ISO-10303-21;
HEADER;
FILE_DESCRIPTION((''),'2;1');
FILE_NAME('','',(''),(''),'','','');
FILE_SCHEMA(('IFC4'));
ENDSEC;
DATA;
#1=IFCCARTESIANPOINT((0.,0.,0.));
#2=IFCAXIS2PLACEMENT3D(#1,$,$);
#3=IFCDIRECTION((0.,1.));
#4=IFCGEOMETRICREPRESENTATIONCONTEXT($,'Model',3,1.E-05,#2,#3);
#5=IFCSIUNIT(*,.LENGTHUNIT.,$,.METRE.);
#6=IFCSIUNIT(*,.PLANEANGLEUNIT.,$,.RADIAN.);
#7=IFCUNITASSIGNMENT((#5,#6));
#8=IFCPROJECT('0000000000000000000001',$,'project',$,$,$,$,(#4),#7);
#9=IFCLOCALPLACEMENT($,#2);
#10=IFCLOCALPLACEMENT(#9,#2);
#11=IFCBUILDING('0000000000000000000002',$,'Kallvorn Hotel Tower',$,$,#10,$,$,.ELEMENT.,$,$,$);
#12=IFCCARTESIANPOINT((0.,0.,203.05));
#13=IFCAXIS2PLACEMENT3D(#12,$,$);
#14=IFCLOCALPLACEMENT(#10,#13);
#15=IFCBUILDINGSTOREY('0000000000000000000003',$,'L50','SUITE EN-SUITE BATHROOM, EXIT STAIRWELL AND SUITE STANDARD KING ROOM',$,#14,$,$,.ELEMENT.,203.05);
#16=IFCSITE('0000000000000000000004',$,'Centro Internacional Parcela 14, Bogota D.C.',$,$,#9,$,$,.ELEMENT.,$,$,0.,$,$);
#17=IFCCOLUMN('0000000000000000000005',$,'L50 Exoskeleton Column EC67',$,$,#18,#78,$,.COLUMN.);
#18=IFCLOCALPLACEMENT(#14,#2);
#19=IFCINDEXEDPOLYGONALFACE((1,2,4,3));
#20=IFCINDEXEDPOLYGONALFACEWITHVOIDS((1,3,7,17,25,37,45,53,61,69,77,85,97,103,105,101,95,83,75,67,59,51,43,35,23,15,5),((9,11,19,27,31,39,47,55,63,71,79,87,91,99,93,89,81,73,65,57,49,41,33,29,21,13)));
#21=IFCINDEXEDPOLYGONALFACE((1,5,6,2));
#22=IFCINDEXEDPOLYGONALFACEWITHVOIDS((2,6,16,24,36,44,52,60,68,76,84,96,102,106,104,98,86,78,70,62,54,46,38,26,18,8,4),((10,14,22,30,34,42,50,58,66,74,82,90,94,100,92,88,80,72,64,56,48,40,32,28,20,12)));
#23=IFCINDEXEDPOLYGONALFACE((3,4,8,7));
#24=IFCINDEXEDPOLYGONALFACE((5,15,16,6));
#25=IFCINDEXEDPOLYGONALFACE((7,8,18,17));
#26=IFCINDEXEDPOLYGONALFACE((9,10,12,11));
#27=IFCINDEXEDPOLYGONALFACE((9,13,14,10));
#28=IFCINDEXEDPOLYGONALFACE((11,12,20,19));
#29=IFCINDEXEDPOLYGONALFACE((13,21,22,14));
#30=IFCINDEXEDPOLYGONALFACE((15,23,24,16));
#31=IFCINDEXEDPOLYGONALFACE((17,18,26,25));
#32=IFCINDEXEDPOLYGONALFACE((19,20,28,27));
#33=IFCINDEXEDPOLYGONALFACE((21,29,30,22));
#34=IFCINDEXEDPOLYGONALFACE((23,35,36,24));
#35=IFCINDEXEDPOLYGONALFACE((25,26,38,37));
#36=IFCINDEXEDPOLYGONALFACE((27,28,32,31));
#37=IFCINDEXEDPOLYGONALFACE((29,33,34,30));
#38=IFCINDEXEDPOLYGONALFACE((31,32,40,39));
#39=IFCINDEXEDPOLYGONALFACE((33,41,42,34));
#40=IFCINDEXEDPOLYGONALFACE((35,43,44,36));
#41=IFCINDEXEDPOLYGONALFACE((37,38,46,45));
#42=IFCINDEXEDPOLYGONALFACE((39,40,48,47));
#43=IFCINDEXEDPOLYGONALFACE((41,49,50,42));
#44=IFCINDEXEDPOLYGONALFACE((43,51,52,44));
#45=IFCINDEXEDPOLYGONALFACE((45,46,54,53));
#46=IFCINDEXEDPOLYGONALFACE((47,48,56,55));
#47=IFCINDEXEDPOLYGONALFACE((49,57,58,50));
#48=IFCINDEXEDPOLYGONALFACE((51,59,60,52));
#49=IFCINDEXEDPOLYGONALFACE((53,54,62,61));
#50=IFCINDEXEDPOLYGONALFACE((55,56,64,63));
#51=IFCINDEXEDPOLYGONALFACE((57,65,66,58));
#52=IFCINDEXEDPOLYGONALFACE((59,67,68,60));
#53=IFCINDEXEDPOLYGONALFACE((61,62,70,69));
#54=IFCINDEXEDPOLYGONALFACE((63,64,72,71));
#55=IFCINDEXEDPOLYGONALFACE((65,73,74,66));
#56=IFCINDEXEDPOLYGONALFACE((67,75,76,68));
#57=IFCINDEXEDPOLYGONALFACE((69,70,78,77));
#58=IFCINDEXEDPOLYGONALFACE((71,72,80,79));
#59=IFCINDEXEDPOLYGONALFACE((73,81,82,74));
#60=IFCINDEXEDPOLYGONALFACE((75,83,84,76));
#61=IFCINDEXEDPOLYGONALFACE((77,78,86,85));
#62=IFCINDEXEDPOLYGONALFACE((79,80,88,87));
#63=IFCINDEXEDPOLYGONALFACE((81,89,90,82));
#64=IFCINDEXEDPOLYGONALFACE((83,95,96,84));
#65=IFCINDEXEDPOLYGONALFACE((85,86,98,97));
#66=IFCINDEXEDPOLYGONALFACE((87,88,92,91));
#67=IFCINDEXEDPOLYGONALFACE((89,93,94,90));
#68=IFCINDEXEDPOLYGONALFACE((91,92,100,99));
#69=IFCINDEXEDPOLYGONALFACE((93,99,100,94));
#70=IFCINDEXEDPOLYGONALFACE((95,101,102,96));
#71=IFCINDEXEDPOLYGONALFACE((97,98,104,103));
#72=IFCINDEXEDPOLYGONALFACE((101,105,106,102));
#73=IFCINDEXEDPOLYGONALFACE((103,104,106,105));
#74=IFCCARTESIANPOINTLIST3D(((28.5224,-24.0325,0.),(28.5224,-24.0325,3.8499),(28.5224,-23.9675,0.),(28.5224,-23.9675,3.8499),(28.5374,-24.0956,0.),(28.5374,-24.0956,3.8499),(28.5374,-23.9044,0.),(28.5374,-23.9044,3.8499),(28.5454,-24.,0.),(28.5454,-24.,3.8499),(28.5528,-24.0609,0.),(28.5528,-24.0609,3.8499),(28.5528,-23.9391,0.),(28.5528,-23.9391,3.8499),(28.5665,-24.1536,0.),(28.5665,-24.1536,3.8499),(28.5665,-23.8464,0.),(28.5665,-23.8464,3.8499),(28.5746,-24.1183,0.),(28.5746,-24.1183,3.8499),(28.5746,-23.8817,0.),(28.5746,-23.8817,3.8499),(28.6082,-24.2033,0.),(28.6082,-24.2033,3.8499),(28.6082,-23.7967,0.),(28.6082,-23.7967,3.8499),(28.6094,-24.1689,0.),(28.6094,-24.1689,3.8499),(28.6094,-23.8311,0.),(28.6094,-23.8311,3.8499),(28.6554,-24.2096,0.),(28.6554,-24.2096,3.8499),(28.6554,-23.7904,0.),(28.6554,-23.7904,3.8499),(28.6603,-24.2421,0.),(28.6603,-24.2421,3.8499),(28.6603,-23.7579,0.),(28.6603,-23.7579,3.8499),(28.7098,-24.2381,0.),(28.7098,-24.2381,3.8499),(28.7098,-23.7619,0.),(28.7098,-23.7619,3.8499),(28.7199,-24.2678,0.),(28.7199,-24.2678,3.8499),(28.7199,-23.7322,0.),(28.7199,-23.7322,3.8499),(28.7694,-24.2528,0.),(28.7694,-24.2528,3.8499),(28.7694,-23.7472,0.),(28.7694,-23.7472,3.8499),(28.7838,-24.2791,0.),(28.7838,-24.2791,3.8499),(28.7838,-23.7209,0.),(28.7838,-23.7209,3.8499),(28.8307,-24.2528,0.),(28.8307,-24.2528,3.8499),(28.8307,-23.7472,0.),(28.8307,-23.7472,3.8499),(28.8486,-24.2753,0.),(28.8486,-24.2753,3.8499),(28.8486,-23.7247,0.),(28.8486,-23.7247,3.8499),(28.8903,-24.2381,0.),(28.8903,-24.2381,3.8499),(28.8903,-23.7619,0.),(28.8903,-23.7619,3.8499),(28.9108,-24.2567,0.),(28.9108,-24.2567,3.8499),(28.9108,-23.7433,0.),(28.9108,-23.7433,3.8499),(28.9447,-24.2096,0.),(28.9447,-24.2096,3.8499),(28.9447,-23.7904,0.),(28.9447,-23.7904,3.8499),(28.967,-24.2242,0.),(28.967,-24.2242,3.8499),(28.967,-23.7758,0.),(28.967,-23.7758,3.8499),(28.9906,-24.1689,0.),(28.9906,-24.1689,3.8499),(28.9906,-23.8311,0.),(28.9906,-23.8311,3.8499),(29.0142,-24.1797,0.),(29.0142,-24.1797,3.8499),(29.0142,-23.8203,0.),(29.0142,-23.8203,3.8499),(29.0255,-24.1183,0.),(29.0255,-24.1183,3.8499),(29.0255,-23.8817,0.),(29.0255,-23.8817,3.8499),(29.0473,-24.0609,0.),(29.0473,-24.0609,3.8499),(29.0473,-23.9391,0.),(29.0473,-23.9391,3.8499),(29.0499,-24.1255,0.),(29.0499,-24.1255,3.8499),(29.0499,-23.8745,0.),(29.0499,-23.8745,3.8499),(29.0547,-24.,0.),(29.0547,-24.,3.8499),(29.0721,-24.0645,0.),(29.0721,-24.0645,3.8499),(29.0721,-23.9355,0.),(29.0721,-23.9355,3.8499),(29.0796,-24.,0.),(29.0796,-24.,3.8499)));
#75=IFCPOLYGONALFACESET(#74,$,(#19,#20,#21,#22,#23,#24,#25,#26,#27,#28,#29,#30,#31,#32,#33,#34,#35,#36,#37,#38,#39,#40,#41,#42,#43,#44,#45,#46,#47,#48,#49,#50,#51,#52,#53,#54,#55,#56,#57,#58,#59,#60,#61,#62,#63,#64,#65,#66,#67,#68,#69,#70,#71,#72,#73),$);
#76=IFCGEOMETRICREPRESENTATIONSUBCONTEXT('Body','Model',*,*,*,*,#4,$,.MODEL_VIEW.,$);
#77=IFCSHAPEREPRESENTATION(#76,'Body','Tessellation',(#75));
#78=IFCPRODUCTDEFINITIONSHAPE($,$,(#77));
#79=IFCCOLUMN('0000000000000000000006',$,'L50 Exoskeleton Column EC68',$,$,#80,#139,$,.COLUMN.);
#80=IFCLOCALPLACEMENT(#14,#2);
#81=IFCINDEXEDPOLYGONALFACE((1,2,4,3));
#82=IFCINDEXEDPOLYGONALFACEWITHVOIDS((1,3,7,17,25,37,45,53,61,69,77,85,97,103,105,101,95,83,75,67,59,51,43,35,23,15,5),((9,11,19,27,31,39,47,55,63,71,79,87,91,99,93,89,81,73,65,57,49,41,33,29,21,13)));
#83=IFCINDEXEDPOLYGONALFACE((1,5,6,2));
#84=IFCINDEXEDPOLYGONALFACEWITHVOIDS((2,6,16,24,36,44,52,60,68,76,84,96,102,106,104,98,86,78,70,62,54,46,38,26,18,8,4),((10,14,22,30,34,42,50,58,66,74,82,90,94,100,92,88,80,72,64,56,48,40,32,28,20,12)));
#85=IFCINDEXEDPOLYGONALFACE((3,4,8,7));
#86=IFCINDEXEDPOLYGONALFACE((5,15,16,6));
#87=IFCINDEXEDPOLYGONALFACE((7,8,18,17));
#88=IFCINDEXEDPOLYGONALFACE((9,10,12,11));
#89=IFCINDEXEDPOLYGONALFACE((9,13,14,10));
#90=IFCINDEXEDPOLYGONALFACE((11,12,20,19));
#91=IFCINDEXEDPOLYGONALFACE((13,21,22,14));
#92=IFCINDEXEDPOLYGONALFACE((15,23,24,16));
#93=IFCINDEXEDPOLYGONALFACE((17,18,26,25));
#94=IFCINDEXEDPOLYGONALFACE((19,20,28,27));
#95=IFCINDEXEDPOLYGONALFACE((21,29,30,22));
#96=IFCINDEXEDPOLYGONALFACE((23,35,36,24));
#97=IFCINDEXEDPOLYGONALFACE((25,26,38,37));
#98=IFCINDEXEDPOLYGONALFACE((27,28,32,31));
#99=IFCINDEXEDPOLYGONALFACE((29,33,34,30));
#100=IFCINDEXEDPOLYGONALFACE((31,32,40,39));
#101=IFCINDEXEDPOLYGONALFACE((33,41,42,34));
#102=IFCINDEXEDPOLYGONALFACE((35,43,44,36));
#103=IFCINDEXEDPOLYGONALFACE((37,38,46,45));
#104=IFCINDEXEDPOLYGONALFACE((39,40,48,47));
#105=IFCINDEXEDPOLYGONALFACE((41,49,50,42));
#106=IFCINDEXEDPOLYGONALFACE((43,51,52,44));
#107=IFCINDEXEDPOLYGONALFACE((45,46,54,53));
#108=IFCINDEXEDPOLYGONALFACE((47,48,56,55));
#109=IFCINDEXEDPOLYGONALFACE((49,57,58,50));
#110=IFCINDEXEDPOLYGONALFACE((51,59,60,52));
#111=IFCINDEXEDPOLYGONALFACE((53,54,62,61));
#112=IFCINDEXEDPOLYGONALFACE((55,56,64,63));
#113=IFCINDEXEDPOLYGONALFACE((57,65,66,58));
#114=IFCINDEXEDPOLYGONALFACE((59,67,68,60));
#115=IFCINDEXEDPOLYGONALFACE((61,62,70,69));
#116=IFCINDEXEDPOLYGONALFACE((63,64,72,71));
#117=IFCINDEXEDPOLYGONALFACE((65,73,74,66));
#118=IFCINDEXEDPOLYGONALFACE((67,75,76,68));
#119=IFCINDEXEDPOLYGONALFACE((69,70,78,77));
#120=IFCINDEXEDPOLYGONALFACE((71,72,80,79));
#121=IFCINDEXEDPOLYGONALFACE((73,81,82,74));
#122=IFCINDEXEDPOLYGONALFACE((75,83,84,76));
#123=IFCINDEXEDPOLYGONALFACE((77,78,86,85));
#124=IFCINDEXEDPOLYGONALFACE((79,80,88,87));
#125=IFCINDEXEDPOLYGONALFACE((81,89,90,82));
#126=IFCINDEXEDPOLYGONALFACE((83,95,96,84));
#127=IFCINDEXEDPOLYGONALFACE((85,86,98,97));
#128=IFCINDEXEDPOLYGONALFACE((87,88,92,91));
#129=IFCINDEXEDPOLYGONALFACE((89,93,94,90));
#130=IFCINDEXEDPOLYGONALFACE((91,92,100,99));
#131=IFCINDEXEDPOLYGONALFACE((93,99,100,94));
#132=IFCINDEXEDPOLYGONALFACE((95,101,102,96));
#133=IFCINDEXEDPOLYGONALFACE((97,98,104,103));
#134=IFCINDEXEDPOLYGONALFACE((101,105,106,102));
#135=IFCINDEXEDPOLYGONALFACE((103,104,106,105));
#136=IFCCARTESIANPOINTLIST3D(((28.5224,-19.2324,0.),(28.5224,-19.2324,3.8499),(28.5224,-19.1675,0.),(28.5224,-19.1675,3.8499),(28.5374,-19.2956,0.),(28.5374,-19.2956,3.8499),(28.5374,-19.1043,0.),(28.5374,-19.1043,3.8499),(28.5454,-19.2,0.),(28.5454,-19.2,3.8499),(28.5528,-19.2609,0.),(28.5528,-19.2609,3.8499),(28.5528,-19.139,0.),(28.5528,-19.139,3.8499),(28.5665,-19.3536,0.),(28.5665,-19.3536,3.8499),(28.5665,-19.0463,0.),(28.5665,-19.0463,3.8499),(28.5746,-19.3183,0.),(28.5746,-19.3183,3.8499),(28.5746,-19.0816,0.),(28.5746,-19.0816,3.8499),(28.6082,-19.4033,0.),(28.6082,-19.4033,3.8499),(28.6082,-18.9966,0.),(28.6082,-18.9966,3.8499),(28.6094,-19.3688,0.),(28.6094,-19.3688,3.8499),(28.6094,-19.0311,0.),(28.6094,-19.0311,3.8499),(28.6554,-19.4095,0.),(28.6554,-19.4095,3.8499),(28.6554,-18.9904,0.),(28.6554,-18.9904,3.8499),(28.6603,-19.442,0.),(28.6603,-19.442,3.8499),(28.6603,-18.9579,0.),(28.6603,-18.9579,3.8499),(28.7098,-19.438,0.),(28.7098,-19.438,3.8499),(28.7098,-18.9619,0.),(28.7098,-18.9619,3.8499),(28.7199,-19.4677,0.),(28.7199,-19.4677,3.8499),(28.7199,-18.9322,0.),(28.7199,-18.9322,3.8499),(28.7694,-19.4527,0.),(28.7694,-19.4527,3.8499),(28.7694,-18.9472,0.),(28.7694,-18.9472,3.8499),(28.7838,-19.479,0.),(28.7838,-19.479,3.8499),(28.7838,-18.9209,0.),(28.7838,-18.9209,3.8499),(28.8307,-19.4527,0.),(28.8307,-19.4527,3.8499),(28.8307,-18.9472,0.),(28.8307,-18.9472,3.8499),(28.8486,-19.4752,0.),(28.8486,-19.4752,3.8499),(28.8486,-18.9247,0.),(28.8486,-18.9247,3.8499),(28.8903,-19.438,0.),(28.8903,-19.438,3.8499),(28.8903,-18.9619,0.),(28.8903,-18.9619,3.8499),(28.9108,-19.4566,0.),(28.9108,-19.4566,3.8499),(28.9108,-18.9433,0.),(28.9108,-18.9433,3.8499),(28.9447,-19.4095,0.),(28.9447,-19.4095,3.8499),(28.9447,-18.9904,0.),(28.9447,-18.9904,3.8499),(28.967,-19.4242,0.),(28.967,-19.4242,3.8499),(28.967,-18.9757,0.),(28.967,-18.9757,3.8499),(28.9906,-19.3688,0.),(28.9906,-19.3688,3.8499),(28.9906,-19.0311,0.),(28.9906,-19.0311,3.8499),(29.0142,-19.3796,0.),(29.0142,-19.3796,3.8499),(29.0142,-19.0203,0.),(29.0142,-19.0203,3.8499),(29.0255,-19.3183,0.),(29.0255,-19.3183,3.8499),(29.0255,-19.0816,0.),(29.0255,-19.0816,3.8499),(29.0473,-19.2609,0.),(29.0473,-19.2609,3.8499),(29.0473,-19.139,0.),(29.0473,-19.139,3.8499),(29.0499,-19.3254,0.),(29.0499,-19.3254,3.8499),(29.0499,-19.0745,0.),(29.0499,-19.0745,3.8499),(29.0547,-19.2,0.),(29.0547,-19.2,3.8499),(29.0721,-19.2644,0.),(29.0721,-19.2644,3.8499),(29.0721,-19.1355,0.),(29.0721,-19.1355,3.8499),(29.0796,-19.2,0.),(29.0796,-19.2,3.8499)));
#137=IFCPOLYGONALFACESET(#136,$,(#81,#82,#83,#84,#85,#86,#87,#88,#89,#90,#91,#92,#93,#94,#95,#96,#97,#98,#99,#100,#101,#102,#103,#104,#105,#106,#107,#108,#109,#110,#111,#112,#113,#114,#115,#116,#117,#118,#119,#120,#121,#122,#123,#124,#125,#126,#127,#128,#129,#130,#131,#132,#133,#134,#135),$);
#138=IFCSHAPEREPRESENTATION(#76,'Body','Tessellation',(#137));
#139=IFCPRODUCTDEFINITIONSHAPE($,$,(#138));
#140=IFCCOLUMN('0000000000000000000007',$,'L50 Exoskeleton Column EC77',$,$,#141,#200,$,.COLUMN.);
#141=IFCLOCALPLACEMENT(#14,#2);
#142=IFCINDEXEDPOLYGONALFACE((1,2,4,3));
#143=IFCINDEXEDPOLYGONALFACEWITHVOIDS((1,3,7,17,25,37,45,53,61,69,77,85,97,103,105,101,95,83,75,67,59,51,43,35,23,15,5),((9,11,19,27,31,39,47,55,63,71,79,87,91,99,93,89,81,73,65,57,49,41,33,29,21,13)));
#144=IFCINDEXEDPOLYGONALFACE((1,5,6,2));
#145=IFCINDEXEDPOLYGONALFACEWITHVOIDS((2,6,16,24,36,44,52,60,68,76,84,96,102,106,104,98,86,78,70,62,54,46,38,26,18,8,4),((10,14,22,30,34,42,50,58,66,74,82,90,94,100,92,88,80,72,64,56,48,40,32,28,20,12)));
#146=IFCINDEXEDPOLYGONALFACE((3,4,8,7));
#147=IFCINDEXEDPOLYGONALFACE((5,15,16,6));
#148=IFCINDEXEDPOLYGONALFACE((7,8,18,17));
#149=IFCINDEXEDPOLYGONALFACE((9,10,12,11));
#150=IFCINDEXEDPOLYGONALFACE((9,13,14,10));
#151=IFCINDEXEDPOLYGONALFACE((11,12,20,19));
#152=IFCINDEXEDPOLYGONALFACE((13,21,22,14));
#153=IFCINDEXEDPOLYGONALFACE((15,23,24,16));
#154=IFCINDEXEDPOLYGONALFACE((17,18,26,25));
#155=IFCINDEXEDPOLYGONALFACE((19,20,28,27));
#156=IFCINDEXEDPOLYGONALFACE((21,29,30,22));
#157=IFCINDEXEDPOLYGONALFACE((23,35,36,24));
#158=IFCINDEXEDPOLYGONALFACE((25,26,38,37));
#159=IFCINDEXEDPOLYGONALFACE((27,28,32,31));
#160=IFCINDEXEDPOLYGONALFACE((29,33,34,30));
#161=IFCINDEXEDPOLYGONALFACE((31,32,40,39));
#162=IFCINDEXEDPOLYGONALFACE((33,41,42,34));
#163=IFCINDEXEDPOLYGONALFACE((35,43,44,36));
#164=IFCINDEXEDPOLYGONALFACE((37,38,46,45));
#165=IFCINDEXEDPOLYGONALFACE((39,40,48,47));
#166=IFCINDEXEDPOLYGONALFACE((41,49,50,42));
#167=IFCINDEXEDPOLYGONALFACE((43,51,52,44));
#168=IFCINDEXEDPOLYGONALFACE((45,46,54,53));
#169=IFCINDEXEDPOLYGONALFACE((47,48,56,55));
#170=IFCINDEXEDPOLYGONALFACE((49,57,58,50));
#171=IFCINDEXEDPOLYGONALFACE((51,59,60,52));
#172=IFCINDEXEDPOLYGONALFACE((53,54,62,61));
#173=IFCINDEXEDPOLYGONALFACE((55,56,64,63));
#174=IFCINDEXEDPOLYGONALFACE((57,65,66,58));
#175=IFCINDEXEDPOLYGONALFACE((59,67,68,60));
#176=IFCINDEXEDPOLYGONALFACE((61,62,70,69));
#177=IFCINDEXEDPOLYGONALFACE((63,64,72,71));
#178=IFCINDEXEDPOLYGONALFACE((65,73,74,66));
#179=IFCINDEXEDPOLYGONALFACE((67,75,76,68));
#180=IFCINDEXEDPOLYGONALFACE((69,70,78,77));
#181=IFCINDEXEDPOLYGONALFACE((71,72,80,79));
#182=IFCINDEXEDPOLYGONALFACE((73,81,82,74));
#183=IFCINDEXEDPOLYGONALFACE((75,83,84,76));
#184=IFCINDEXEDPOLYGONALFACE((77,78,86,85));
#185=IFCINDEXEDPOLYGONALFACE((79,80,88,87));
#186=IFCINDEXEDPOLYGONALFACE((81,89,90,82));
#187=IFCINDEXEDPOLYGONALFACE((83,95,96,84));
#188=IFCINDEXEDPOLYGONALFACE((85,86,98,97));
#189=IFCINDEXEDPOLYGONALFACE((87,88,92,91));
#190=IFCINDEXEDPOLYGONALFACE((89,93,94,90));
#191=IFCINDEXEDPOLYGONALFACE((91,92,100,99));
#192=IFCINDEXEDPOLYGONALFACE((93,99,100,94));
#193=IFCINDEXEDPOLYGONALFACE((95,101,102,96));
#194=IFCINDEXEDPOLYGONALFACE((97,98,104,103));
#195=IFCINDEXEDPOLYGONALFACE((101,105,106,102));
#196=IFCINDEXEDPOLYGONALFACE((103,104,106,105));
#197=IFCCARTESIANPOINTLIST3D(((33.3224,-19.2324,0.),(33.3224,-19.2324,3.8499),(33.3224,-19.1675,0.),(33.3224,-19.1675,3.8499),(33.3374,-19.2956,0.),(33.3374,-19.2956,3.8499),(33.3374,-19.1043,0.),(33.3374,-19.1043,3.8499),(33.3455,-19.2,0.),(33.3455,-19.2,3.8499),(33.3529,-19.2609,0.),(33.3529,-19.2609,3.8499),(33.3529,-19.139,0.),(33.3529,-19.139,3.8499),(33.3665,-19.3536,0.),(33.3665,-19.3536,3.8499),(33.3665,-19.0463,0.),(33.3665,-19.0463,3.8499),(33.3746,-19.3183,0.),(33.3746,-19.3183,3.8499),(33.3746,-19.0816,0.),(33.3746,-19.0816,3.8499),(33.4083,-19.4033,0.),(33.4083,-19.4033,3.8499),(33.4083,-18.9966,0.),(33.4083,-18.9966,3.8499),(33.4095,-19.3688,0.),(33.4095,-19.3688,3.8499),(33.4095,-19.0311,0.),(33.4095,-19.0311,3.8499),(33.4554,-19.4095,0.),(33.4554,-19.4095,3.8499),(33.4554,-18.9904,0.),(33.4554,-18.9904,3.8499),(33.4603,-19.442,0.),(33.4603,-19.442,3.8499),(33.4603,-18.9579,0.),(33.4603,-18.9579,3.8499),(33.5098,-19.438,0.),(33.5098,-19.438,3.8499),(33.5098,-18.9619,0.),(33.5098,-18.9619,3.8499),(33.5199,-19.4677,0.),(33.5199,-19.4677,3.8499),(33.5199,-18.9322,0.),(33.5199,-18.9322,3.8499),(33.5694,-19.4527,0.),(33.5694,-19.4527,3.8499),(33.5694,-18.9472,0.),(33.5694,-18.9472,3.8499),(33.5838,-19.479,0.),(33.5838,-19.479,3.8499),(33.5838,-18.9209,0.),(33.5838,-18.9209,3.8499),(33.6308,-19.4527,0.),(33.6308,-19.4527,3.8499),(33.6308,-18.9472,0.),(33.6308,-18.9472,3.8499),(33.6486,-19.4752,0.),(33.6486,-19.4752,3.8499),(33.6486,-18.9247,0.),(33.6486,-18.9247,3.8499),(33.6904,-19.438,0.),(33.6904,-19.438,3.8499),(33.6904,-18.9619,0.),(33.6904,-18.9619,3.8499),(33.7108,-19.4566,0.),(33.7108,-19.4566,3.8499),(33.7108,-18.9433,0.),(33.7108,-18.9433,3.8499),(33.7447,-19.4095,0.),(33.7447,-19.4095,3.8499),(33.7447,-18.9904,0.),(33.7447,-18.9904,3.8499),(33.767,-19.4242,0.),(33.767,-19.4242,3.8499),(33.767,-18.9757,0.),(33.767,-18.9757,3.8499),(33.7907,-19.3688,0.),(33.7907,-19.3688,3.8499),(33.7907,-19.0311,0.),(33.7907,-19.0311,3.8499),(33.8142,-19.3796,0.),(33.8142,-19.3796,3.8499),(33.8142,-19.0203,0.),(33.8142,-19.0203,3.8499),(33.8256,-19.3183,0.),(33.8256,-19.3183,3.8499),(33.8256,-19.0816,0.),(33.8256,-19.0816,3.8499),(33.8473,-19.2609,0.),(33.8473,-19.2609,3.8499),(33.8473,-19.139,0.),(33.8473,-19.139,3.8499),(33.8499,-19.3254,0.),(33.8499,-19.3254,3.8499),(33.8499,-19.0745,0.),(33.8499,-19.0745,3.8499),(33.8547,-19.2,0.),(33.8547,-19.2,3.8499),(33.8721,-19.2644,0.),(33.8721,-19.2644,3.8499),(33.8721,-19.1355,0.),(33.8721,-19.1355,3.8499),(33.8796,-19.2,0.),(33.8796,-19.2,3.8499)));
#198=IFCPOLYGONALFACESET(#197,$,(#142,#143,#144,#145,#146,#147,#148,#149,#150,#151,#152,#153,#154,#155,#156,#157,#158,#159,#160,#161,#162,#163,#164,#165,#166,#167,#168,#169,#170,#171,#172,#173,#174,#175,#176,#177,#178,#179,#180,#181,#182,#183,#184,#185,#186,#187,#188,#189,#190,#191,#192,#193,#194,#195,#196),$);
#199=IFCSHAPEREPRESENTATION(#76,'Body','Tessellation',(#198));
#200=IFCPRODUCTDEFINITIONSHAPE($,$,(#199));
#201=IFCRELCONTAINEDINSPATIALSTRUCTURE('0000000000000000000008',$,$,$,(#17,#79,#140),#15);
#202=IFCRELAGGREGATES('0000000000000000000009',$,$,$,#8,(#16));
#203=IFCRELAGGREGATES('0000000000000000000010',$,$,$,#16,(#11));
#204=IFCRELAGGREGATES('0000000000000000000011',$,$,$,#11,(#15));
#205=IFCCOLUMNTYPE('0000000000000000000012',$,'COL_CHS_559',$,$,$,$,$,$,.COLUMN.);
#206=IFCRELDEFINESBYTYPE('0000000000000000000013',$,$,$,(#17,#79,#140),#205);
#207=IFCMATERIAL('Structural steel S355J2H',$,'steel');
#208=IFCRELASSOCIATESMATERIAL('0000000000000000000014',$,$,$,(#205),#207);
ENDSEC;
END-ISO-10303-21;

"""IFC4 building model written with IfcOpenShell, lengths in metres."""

from ifc_helpers import new_model, si_unit, direction, frame, origin, origin_2d, place, context, subcontext, project, spatial, hollow_circle, extrude, material, material_profile, profile_set, type_object, element, save


model = new_model("IFC4")

# Units and contexts
model_context = context("Model", 3, precision=1e-05, world=origin(), true_north=direction((0.0, 1.0)))
body_context = subcontext(model_context, "Body", "Model", "MODEL_VIEW")
ifc_project = project(units=[si_unit("LENGTHUNIT", "METRE"), si_unit("PLANEANGLEUNIT", "RADIAN")], contexts=[model_context])

# Site, building, storey
site_placement = place(None, origin())
site = spatial("IfcSite", under=ifc_project, at=site_placement, Name="Centro Internacional Parcela 14, Bogota D.C.", CompositionType="ELEMENT", RefElevation=0.0)
building_placement = place(site_placement, origin())
building = spatial("IfcBuilding", under=site, at=building_placement, Name="Kallvorn Hotel Tower", CompositionType="ELEMENT")
storey_placement = place(building_placement, frame((0.0, 0.0, 203.05)))
storey = spatial("IfcBuildingStorey", under=building, at=storey_placement, Name="L50", Description="SUITE EN-SUITE BATHROOM, EXIT STAIRWELL AND SUITE STANDARD KING ROOM", CompositionType="ELEMENT", Elevation=203.05)

# Columns
ifc_material_1 = material(Name="Structural steel S355J2H", Category="steel")
ifc_material_profile_1 = material_profile(ifc_material_1, hollow_circle(Radius=0.2795, WallThickness=0.0249, at=origin_2d()), Name="CHS 559x25")
ifc_profile_set_1 = profile_set([ifc_material_profile_1], Name="Structural steel S355J2H")
column_type = type_object("IfcColumnType", Name="COL_CHS_559", PredefinedType="COLUMN", material=ifc_profile_set_1)
for number, where, z_axis, x_axis, name in (
    (1, (28.8, -24.0, 0.0), (0.0, 0.0, 1.0), (1.0, 0.0, 0.0), "L50 Exoskeleton Column EC67"),
    (2, (28.8, -19.2, 0.0), (0.0, 0.0, 1.0), (1.0, 0.0, 0.0), "L50 Exoskeleton Column EC68"),
    (3, (33.6001, -19.2, 0.0), (0.0, 0.0, 1.0), (1.0, 0.0, 0.0), "L50 Exoskeleton Column EC77"),
):
    element("IfcColumn", number, at=place(storey_placement, frame(where, z_axis=z_axis, x_axis=x_axis)), inside=storey, type_object=column_type, Name=name, PredefinedType="COLUMN", context=body_context, shape_type="SweptSolid", body=[
        extrude(hollow_circle(Radius=0.2795, WallThickness=0.0249, at=origin_2d()), origin(), (0.0, 0.0, 1.0), 3.8499),
    ])

save(model, "model.ifc")
